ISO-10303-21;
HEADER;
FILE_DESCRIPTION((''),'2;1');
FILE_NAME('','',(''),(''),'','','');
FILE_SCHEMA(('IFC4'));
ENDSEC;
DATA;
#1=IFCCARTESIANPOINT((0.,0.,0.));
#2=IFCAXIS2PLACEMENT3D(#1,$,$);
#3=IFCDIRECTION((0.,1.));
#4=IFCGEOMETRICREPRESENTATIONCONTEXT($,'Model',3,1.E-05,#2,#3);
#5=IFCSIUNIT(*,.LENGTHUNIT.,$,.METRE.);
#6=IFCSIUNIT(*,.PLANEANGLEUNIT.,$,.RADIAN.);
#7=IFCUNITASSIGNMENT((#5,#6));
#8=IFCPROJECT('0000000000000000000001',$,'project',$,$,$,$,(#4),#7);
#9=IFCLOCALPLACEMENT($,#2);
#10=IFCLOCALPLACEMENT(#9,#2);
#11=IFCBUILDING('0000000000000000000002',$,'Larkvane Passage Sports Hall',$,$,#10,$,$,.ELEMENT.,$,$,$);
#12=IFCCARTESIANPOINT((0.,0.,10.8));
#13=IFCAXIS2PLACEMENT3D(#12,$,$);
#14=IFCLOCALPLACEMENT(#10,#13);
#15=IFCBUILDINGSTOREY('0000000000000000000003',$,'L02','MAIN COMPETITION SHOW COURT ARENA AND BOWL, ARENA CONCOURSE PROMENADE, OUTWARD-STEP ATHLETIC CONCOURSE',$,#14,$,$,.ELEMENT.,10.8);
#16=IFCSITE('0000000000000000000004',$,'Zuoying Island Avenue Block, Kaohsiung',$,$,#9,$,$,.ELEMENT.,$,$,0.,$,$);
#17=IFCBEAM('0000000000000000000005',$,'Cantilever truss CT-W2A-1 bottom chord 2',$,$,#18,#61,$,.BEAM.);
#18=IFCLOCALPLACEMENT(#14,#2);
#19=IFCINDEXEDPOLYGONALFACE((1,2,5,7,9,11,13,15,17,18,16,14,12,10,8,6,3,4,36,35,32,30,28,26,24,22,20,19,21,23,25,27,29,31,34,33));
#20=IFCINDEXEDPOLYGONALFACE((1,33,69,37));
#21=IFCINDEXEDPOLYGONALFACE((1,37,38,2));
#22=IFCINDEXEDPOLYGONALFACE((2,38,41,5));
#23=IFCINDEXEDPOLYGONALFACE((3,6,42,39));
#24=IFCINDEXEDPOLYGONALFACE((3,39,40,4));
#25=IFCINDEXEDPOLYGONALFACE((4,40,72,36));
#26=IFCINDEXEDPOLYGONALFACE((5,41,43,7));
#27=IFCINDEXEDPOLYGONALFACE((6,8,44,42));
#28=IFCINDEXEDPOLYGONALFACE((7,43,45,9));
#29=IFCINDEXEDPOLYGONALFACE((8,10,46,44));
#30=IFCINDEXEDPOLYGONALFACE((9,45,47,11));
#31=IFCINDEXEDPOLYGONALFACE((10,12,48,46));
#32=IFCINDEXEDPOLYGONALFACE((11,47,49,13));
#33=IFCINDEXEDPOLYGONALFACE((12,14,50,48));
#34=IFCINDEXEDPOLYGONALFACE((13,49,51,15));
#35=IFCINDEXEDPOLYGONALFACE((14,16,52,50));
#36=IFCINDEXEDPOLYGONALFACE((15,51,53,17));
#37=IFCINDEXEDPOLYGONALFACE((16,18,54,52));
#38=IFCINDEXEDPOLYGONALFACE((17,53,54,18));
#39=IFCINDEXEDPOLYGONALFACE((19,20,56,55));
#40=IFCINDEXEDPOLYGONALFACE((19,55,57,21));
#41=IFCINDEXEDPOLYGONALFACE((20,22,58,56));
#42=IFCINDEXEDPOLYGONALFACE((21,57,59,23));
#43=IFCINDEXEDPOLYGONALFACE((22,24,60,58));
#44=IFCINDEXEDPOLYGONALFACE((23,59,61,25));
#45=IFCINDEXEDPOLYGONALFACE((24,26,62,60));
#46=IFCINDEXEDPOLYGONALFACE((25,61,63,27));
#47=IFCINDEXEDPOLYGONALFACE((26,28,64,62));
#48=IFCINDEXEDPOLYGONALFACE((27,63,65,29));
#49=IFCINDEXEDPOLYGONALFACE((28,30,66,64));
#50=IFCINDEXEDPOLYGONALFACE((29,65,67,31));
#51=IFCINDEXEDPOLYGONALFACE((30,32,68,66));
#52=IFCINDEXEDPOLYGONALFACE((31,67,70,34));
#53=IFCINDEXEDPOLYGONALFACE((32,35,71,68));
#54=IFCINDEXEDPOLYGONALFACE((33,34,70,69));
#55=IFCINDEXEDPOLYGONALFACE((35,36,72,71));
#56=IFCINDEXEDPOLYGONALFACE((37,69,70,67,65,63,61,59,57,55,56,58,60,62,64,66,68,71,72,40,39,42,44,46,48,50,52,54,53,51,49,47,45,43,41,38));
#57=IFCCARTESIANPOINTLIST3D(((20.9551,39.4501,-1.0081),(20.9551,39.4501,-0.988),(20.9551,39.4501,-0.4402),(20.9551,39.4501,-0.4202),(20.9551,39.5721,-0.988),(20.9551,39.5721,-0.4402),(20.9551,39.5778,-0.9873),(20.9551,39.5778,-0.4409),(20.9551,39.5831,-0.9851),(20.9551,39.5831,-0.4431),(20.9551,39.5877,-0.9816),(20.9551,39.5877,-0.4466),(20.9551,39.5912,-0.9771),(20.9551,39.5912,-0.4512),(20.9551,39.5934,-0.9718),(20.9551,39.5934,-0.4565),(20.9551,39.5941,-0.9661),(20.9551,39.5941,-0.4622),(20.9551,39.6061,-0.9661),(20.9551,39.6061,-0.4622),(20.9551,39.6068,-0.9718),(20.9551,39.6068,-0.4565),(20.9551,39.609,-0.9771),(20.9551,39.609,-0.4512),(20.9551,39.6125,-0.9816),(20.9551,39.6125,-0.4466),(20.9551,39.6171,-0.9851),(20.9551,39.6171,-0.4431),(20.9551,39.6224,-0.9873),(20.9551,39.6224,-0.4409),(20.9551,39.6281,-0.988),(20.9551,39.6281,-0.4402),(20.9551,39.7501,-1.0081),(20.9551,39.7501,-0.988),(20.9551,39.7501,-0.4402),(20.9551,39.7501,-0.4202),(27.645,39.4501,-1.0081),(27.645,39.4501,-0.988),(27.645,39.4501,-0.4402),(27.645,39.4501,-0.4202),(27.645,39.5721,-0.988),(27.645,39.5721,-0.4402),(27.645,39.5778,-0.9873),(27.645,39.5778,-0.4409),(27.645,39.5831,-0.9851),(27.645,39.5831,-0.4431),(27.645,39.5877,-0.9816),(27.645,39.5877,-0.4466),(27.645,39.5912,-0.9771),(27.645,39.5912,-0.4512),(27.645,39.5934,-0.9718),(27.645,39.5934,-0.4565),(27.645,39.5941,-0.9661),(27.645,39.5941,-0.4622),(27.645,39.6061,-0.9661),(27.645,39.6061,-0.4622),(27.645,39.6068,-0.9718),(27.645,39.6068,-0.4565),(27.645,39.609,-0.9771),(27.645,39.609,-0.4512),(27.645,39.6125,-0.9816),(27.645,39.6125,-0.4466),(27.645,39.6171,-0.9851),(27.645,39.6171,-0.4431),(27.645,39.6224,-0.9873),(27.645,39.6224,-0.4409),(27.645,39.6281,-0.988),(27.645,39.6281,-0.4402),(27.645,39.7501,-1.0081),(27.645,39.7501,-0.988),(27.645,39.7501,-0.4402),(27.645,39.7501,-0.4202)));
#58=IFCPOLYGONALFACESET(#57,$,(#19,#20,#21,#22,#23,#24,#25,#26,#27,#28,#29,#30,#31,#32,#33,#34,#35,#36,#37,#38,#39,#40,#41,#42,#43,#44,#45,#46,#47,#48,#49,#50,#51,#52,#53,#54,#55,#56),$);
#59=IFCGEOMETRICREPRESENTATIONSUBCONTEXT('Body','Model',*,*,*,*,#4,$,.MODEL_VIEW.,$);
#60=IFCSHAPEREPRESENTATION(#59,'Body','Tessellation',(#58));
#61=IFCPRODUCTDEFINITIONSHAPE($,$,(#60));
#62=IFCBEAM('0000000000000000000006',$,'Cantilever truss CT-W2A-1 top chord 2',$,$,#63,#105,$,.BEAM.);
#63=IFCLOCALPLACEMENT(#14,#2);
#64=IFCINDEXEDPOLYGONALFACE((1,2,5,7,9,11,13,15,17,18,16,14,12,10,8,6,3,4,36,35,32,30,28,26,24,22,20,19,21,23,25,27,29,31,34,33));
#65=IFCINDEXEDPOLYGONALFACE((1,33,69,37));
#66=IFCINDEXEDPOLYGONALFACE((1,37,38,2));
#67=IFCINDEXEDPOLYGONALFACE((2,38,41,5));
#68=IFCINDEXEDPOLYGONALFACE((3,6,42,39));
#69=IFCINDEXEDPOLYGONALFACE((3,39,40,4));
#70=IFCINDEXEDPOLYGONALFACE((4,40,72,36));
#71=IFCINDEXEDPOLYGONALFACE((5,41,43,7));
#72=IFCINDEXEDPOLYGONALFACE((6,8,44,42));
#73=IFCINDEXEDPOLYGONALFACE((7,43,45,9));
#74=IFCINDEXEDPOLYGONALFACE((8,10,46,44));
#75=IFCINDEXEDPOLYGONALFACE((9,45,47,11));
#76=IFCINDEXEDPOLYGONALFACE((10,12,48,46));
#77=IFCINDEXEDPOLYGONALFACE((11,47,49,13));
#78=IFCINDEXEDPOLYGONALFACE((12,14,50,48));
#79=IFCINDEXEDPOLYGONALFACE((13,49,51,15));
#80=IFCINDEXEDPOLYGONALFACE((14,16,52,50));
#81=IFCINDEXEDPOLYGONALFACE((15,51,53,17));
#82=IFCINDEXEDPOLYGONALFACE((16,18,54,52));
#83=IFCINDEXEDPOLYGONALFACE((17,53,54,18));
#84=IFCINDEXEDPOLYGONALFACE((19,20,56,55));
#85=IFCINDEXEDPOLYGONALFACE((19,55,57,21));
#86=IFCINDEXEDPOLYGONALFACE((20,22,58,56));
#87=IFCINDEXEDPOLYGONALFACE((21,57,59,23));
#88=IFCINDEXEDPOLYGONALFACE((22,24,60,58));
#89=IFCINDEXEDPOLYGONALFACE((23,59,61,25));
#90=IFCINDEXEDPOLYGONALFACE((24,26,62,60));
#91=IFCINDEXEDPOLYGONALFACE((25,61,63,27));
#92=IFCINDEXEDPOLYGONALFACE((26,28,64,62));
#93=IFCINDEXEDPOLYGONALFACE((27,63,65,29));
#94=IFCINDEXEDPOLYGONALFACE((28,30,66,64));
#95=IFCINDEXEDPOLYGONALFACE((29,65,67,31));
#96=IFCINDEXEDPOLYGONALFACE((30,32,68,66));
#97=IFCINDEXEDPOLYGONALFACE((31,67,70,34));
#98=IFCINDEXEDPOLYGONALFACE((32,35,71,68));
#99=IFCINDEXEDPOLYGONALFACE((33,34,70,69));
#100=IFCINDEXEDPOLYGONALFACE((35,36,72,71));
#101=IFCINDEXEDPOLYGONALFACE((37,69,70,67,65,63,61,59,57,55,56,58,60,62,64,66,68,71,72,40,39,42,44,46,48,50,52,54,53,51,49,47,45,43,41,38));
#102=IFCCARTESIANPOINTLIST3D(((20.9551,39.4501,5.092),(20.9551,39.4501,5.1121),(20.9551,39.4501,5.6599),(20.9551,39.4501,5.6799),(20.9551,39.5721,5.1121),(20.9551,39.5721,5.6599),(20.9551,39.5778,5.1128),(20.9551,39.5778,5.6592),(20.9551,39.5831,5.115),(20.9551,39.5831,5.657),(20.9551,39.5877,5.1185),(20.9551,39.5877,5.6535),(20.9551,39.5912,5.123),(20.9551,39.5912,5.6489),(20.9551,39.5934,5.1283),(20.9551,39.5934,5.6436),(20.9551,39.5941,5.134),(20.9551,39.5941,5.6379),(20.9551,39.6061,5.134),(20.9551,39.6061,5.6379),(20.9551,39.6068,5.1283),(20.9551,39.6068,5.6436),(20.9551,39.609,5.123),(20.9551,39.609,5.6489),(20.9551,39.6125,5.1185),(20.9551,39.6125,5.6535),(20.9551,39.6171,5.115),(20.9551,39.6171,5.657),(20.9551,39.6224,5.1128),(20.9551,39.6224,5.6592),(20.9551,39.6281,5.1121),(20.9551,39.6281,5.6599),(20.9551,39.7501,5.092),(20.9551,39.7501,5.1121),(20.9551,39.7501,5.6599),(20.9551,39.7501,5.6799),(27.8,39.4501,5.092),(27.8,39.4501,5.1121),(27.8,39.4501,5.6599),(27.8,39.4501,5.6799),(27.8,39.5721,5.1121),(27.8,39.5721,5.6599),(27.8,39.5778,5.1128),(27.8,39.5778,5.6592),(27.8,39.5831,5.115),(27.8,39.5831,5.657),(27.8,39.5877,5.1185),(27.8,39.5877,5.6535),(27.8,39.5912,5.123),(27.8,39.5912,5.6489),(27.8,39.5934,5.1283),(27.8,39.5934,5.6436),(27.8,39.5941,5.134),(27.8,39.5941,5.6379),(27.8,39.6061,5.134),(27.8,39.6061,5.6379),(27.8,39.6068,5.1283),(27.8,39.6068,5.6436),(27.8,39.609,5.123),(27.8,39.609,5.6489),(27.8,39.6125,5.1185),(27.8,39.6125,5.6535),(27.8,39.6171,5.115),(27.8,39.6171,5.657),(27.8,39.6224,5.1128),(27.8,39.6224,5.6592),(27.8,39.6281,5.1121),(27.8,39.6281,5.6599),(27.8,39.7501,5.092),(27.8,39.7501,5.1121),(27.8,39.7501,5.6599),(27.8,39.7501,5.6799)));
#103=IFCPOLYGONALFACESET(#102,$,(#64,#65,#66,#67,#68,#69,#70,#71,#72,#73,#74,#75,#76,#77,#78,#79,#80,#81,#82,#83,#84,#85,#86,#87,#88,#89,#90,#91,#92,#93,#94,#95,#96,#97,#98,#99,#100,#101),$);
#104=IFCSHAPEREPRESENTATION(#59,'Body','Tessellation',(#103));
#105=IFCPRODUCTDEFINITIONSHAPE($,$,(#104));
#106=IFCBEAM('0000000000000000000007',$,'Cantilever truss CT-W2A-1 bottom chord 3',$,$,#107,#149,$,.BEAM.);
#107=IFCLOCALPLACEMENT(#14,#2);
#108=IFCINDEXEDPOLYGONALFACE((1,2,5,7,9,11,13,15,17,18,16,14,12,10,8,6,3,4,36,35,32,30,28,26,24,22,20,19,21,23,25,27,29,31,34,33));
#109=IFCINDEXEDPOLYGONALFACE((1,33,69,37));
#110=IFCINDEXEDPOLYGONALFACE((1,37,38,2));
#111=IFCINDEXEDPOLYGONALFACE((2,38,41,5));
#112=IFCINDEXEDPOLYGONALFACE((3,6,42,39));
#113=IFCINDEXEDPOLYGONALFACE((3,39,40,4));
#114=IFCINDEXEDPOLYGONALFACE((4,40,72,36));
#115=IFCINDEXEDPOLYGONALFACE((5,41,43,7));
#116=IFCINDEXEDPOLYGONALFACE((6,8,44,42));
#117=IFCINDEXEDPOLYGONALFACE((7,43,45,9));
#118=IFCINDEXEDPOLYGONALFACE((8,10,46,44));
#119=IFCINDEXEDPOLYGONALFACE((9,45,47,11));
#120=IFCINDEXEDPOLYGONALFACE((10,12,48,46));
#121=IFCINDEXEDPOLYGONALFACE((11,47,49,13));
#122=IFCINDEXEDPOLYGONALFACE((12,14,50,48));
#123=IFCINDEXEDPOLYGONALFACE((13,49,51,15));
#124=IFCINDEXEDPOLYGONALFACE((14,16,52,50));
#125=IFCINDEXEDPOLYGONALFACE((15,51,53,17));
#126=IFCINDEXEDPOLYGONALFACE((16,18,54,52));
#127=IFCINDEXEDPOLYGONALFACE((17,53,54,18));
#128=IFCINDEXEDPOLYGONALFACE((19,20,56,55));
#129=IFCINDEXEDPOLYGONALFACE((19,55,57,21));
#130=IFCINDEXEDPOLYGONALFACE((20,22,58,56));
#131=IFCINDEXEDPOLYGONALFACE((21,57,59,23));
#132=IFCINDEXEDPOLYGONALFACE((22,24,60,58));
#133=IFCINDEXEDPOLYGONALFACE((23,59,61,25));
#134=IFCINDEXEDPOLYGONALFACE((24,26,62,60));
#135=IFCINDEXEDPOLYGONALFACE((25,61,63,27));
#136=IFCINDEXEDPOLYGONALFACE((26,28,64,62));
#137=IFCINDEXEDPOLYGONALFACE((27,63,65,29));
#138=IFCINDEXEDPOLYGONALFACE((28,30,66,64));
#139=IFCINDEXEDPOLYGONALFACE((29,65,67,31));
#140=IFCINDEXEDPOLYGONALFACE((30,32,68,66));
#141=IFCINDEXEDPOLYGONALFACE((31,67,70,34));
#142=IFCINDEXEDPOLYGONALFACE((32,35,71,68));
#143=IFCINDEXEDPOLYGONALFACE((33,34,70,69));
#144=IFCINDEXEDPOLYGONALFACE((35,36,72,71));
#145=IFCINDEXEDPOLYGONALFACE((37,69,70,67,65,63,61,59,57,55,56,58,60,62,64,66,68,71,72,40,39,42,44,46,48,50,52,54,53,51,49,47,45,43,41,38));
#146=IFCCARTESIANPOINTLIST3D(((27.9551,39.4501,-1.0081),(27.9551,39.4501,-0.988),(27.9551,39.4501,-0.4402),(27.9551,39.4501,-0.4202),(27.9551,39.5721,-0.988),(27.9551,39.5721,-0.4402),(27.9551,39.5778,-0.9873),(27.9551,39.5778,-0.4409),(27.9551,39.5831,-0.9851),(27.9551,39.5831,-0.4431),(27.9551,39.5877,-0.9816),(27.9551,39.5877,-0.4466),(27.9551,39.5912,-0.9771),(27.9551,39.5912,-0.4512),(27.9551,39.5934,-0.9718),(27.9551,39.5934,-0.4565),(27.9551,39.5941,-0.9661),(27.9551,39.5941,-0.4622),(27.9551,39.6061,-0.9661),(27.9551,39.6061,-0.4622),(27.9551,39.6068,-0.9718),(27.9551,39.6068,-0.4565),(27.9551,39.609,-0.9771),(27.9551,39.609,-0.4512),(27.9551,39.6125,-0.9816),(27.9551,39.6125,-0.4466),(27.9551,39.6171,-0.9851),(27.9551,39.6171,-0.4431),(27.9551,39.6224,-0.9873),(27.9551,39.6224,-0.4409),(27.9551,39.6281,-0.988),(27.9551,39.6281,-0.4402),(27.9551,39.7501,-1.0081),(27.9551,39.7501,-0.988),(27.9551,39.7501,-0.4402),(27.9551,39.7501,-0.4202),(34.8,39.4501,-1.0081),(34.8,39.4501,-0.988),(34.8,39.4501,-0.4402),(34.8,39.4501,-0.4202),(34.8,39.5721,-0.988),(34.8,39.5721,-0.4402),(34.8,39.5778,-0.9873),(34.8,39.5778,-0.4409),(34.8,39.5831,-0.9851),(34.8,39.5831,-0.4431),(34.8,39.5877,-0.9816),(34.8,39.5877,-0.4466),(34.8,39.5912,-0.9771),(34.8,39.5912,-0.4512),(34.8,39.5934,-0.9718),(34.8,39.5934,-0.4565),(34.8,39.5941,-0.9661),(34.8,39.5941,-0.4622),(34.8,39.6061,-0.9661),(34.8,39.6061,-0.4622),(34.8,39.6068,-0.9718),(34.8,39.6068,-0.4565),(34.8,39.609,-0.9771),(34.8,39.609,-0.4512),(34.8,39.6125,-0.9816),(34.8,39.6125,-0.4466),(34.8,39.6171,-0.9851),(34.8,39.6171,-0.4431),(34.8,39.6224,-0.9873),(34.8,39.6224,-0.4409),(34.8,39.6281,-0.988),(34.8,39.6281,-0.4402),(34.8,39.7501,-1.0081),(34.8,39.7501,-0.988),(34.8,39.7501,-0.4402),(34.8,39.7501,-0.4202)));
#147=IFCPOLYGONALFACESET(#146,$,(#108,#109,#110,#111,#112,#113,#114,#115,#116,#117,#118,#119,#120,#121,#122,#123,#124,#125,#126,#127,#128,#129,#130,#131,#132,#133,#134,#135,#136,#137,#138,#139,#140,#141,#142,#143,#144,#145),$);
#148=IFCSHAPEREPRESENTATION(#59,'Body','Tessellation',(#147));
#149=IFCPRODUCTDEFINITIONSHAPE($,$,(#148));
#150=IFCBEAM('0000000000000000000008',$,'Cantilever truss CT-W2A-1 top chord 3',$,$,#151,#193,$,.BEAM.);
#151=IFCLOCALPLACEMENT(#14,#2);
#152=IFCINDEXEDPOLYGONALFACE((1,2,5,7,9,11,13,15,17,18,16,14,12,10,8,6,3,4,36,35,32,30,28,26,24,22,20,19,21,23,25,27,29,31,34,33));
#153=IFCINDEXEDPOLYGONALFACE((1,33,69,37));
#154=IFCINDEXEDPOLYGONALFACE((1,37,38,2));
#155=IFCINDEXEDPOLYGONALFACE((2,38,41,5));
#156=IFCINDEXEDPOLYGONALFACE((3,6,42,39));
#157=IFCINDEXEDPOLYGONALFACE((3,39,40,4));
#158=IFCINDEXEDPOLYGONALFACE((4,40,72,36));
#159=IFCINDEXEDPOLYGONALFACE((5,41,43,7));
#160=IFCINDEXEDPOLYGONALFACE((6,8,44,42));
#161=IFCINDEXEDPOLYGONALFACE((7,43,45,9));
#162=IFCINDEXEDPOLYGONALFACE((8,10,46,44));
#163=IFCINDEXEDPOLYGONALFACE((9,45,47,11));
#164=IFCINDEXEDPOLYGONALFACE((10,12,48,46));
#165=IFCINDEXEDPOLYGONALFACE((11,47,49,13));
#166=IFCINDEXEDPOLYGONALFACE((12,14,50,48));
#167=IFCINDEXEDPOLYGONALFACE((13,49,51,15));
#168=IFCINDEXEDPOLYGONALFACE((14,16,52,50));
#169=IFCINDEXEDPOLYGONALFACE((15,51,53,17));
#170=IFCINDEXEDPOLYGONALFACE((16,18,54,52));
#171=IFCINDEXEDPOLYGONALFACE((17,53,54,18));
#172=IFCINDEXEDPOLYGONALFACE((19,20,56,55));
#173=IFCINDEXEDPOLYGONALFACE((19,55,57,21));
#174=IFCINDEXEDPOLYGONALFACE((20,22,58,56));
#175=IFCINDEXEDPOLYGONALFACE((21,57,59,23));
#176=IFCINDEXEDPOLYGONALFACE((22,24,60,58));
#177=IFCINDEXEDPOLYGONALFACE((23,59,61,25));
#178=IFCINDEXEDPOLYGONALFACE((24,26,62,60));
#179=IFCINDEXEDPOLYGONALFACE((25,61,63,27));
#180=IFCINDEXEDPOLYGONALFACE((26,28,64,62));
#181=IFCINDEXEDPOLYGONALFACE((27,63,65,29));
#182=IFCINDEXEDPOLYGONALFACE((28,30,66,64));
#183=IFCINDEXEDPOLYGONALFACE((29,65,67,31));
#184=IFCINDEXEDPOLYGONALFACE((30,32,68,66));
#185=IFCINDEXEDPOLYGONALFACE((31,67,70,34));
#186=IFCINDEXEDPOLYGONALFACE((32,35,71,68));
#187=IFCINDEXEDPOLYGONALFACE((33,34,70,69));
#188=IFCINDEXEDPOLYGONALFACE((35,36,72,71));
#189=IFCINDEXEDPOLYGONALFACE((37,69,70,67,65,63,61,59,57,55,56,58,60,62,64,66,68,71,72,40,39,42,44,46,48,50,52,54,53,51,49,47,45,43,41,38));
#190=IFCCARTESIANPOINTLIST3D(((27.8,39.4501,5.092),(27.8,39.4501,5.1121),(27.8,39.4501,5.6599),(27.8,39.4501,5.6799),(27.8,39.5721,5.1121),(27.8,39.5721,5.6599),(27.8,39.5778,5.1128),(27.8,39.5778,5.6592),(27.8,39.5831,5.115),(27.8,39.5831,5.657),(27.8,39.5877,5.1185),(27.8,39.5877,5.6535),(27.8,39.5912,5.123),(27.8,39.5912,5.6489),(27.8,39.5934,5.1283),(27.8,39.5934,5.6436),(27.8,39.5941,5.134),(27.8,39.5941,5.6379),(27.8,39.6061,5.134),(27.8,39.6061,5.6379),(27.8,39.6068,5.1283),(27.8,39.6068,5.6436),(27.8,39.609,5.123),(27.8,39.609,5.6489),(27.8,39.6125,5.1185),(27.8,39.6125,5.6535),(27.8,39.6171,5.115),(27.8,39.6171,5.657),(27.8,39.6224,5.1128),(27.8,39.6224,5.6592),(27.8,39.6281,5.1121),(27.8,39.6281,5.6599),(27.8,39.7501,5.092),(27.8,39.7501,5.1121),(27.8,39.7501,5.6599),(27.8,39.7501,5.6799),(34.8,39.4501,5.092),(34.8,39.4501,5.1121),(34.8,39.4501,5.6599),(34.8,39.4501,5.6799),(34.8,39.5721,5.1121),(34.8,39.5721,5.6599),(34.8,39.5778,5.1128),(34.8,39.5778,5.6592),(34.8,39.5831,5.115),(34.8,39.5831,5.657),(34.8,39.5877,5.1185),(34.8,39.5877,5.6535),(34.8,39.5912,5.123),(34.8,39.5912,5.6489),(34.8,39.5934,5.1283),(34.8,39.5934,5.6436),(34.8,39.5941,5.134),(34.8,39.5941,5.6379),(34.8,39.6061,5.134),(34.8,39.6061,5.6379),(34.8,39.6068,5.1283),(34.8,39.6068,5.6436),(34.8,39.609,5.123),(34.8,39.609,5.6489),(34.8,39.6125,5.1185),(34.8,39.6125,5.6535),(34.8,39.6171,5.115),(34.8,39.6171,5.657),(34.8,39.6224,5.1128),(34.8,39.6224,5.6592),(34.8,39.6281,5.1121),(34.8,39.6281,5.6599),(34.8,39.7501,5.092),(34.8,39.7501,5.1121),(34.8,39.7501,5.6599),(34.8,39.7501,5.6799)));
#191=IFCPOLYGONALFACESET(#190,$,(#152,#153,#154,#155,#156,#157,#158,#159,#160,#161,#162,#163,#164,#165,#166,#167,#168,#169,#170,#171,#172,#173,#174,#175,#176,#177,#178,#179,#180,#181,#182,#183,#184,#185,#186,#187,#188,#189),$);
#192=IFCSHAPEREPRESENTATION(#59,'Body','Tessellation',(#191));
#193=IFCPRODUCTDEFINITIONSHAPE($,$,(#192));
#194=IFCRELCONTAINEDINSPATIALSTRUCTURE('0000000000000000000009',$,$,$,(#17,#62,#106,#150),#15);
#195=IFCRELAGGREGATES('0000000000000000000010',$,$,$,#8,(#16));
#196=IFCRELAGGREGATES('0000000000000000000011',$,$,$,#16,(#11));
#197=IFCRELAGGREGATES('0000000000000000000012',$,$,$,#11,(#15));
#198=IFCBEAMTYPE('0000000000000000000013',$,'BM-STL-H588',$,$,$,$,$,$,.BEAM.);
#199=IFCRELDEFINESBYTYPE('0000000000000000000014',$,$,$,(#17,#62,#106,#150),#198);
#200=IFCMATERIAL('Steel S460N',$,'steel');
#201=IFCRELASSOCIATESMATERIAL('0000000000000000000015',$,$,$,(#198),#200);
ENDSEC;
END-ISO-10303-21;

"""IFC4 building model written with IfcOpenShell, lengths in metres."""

from ifc_helpers import new_model, si_unit, direction, frame, origin, origin_2d, place, context, subcontext, project, spatial, i_section, extrude, material, material_profile, profile_set, type_object, element, save


model = new_model("IFC4")

# Units and contexts
model_context = context("Model", 3, precision=1e-05, world=origin(), true_north=direction((0.0, 1.0)))
body_context = subcontext(model_context, "Body", "Model", "MODEL_VIEW")
ifc_project = project(units=[si_unit("LENGTHUNIT", "METRE"), si_unit("PLANEANGLEUNIT", "RADIAN")], contexts=[model_context])

# Site, building, storey
site_placement = place(None, origin())
site = spatial("IfcSite", under=ifc_project, at=site_placement, Name="Zuoying Island Avenue Block, Kaohsiung", CompositionType="ELEMENT", RefElevation=0.0)
building_placement = place(site_placement, origin())
building = spatial("IfcBuilding", under=site, at=building_placement, Name="Larkvane Passage Sports Hall", CompositionType="ELEMENT")
storey_placement = place(building_placement, frame((0.0, 0.0, 10.8)))
storey = spatial("IfcBuildingStorey", under=building, at=storey_placement, Name="L02", Description="MAIN COMPETITION SHOW COURT ARENA AND BOWL, ARENA CONCOURSE PROMENADE, OUTWARD-STEP ATHLETIC CONCOURSE", CompositionType="ELEMENT", Elevation=10.8)

# Beams
ifc_material_1 = material(Name="Steel S460N", Category="steel")
ifc_material_profile_1 = material_profile(ifc_material_1, i_section(OverallWidth=0.3, OverallDepth=0.5879, WebThickness=0.012, FlangeThickness=0.02, FilletRadius=0.022, at=origin_2d()), Name="H-588x300x12x20")
ifc_profile_set_1 = profile_set([ifc_material_profile_1], Name="Steel S460N")
beam_type = type_object("IfcBeamType", Name="BM-STL-H588", PredefinedType="BEAM", material=ifc_profile_set_1)
beam_1_placement = place(storey_placement, frame((20.9551, 39.6001, -0.7141), z_axis=(1.0, 0.0, 0.0), x_axis=(0.0, 1.0, 0.0)))
element("IfcBeam", 1, at=beam_1_placement, inside=storey, type_object=beam_type, Name="Cantilever truss CT-W2A-1 bottom chord 2", PredefinedType="BEAM", context=body_context, shape_type="SweptSolid", body=[
    extrude(i_section(OverallWidth=0.3, OverallDepth=0.5879, WebThickness=0.012, FlangeThickness=0.02, FilletRadius=0.022, at=origin_2d()), origin(), (0.0, 0.0, 1.0), 6.6899),
])
for number, where, z_axis, x_axis, name in (
    (2, (20.9551, 39.6001, 5.386), (1.0, 0.0, 0.0), (0.0, 1.0, 0.0), "Cantilever truss CT-W2A-1 top chord 2"),
    (3, (27.9551, 39.6001, -0.7141), (1.0, 0.0, 0.0), (0.0, 1.0, 0.0), "Cantilever truss CT-W2A-1 bottom chord 3"),
):
    element("IfcBeam", number, at=place(storey_placement, frame(where, z_axis=z_axis, x_axis=x_axis)), inside=storey, type_object=beam_type, Name=name, PredefinedType="BEAM", context=body_context, shape_type="SweptSolid", body=[
        extrude(i_section(OverallWidth=0.3, OverallDepth=0.5879, WebThickness=0.012, FlangeThickness=0.02, FilletRadius=0.022, at=origin_2d()), origin(), (0.0, 0.0, 1.0), 6.845),
    ])
beam_2_placement = place(storey_placement, frame((27.8, 39.6001, 5.386), z_axis=(1.0, 0.0, 0.0), x_axis=(0.0, 1.0, 0.0)))
element("IfcBeam", 4, at=beam_2_placement, inside=storey, type_object=beam_type, Name="Cantilever truss CT-W2A-1 top chord 3", PredefinedType="BEAM", context=body_context, shape_type="SweptSolid", body=[
    extrude(i_section(OverallWidth=0.3, OverallDepth=0.5879, WebThickness=0.012, FlangeThickness=0.02, FilletRadius=0.022, at=origin_2d()), origin(), (0.0, 0.0, 1.0), 7.0),
])

save(model, "model.ifc")
